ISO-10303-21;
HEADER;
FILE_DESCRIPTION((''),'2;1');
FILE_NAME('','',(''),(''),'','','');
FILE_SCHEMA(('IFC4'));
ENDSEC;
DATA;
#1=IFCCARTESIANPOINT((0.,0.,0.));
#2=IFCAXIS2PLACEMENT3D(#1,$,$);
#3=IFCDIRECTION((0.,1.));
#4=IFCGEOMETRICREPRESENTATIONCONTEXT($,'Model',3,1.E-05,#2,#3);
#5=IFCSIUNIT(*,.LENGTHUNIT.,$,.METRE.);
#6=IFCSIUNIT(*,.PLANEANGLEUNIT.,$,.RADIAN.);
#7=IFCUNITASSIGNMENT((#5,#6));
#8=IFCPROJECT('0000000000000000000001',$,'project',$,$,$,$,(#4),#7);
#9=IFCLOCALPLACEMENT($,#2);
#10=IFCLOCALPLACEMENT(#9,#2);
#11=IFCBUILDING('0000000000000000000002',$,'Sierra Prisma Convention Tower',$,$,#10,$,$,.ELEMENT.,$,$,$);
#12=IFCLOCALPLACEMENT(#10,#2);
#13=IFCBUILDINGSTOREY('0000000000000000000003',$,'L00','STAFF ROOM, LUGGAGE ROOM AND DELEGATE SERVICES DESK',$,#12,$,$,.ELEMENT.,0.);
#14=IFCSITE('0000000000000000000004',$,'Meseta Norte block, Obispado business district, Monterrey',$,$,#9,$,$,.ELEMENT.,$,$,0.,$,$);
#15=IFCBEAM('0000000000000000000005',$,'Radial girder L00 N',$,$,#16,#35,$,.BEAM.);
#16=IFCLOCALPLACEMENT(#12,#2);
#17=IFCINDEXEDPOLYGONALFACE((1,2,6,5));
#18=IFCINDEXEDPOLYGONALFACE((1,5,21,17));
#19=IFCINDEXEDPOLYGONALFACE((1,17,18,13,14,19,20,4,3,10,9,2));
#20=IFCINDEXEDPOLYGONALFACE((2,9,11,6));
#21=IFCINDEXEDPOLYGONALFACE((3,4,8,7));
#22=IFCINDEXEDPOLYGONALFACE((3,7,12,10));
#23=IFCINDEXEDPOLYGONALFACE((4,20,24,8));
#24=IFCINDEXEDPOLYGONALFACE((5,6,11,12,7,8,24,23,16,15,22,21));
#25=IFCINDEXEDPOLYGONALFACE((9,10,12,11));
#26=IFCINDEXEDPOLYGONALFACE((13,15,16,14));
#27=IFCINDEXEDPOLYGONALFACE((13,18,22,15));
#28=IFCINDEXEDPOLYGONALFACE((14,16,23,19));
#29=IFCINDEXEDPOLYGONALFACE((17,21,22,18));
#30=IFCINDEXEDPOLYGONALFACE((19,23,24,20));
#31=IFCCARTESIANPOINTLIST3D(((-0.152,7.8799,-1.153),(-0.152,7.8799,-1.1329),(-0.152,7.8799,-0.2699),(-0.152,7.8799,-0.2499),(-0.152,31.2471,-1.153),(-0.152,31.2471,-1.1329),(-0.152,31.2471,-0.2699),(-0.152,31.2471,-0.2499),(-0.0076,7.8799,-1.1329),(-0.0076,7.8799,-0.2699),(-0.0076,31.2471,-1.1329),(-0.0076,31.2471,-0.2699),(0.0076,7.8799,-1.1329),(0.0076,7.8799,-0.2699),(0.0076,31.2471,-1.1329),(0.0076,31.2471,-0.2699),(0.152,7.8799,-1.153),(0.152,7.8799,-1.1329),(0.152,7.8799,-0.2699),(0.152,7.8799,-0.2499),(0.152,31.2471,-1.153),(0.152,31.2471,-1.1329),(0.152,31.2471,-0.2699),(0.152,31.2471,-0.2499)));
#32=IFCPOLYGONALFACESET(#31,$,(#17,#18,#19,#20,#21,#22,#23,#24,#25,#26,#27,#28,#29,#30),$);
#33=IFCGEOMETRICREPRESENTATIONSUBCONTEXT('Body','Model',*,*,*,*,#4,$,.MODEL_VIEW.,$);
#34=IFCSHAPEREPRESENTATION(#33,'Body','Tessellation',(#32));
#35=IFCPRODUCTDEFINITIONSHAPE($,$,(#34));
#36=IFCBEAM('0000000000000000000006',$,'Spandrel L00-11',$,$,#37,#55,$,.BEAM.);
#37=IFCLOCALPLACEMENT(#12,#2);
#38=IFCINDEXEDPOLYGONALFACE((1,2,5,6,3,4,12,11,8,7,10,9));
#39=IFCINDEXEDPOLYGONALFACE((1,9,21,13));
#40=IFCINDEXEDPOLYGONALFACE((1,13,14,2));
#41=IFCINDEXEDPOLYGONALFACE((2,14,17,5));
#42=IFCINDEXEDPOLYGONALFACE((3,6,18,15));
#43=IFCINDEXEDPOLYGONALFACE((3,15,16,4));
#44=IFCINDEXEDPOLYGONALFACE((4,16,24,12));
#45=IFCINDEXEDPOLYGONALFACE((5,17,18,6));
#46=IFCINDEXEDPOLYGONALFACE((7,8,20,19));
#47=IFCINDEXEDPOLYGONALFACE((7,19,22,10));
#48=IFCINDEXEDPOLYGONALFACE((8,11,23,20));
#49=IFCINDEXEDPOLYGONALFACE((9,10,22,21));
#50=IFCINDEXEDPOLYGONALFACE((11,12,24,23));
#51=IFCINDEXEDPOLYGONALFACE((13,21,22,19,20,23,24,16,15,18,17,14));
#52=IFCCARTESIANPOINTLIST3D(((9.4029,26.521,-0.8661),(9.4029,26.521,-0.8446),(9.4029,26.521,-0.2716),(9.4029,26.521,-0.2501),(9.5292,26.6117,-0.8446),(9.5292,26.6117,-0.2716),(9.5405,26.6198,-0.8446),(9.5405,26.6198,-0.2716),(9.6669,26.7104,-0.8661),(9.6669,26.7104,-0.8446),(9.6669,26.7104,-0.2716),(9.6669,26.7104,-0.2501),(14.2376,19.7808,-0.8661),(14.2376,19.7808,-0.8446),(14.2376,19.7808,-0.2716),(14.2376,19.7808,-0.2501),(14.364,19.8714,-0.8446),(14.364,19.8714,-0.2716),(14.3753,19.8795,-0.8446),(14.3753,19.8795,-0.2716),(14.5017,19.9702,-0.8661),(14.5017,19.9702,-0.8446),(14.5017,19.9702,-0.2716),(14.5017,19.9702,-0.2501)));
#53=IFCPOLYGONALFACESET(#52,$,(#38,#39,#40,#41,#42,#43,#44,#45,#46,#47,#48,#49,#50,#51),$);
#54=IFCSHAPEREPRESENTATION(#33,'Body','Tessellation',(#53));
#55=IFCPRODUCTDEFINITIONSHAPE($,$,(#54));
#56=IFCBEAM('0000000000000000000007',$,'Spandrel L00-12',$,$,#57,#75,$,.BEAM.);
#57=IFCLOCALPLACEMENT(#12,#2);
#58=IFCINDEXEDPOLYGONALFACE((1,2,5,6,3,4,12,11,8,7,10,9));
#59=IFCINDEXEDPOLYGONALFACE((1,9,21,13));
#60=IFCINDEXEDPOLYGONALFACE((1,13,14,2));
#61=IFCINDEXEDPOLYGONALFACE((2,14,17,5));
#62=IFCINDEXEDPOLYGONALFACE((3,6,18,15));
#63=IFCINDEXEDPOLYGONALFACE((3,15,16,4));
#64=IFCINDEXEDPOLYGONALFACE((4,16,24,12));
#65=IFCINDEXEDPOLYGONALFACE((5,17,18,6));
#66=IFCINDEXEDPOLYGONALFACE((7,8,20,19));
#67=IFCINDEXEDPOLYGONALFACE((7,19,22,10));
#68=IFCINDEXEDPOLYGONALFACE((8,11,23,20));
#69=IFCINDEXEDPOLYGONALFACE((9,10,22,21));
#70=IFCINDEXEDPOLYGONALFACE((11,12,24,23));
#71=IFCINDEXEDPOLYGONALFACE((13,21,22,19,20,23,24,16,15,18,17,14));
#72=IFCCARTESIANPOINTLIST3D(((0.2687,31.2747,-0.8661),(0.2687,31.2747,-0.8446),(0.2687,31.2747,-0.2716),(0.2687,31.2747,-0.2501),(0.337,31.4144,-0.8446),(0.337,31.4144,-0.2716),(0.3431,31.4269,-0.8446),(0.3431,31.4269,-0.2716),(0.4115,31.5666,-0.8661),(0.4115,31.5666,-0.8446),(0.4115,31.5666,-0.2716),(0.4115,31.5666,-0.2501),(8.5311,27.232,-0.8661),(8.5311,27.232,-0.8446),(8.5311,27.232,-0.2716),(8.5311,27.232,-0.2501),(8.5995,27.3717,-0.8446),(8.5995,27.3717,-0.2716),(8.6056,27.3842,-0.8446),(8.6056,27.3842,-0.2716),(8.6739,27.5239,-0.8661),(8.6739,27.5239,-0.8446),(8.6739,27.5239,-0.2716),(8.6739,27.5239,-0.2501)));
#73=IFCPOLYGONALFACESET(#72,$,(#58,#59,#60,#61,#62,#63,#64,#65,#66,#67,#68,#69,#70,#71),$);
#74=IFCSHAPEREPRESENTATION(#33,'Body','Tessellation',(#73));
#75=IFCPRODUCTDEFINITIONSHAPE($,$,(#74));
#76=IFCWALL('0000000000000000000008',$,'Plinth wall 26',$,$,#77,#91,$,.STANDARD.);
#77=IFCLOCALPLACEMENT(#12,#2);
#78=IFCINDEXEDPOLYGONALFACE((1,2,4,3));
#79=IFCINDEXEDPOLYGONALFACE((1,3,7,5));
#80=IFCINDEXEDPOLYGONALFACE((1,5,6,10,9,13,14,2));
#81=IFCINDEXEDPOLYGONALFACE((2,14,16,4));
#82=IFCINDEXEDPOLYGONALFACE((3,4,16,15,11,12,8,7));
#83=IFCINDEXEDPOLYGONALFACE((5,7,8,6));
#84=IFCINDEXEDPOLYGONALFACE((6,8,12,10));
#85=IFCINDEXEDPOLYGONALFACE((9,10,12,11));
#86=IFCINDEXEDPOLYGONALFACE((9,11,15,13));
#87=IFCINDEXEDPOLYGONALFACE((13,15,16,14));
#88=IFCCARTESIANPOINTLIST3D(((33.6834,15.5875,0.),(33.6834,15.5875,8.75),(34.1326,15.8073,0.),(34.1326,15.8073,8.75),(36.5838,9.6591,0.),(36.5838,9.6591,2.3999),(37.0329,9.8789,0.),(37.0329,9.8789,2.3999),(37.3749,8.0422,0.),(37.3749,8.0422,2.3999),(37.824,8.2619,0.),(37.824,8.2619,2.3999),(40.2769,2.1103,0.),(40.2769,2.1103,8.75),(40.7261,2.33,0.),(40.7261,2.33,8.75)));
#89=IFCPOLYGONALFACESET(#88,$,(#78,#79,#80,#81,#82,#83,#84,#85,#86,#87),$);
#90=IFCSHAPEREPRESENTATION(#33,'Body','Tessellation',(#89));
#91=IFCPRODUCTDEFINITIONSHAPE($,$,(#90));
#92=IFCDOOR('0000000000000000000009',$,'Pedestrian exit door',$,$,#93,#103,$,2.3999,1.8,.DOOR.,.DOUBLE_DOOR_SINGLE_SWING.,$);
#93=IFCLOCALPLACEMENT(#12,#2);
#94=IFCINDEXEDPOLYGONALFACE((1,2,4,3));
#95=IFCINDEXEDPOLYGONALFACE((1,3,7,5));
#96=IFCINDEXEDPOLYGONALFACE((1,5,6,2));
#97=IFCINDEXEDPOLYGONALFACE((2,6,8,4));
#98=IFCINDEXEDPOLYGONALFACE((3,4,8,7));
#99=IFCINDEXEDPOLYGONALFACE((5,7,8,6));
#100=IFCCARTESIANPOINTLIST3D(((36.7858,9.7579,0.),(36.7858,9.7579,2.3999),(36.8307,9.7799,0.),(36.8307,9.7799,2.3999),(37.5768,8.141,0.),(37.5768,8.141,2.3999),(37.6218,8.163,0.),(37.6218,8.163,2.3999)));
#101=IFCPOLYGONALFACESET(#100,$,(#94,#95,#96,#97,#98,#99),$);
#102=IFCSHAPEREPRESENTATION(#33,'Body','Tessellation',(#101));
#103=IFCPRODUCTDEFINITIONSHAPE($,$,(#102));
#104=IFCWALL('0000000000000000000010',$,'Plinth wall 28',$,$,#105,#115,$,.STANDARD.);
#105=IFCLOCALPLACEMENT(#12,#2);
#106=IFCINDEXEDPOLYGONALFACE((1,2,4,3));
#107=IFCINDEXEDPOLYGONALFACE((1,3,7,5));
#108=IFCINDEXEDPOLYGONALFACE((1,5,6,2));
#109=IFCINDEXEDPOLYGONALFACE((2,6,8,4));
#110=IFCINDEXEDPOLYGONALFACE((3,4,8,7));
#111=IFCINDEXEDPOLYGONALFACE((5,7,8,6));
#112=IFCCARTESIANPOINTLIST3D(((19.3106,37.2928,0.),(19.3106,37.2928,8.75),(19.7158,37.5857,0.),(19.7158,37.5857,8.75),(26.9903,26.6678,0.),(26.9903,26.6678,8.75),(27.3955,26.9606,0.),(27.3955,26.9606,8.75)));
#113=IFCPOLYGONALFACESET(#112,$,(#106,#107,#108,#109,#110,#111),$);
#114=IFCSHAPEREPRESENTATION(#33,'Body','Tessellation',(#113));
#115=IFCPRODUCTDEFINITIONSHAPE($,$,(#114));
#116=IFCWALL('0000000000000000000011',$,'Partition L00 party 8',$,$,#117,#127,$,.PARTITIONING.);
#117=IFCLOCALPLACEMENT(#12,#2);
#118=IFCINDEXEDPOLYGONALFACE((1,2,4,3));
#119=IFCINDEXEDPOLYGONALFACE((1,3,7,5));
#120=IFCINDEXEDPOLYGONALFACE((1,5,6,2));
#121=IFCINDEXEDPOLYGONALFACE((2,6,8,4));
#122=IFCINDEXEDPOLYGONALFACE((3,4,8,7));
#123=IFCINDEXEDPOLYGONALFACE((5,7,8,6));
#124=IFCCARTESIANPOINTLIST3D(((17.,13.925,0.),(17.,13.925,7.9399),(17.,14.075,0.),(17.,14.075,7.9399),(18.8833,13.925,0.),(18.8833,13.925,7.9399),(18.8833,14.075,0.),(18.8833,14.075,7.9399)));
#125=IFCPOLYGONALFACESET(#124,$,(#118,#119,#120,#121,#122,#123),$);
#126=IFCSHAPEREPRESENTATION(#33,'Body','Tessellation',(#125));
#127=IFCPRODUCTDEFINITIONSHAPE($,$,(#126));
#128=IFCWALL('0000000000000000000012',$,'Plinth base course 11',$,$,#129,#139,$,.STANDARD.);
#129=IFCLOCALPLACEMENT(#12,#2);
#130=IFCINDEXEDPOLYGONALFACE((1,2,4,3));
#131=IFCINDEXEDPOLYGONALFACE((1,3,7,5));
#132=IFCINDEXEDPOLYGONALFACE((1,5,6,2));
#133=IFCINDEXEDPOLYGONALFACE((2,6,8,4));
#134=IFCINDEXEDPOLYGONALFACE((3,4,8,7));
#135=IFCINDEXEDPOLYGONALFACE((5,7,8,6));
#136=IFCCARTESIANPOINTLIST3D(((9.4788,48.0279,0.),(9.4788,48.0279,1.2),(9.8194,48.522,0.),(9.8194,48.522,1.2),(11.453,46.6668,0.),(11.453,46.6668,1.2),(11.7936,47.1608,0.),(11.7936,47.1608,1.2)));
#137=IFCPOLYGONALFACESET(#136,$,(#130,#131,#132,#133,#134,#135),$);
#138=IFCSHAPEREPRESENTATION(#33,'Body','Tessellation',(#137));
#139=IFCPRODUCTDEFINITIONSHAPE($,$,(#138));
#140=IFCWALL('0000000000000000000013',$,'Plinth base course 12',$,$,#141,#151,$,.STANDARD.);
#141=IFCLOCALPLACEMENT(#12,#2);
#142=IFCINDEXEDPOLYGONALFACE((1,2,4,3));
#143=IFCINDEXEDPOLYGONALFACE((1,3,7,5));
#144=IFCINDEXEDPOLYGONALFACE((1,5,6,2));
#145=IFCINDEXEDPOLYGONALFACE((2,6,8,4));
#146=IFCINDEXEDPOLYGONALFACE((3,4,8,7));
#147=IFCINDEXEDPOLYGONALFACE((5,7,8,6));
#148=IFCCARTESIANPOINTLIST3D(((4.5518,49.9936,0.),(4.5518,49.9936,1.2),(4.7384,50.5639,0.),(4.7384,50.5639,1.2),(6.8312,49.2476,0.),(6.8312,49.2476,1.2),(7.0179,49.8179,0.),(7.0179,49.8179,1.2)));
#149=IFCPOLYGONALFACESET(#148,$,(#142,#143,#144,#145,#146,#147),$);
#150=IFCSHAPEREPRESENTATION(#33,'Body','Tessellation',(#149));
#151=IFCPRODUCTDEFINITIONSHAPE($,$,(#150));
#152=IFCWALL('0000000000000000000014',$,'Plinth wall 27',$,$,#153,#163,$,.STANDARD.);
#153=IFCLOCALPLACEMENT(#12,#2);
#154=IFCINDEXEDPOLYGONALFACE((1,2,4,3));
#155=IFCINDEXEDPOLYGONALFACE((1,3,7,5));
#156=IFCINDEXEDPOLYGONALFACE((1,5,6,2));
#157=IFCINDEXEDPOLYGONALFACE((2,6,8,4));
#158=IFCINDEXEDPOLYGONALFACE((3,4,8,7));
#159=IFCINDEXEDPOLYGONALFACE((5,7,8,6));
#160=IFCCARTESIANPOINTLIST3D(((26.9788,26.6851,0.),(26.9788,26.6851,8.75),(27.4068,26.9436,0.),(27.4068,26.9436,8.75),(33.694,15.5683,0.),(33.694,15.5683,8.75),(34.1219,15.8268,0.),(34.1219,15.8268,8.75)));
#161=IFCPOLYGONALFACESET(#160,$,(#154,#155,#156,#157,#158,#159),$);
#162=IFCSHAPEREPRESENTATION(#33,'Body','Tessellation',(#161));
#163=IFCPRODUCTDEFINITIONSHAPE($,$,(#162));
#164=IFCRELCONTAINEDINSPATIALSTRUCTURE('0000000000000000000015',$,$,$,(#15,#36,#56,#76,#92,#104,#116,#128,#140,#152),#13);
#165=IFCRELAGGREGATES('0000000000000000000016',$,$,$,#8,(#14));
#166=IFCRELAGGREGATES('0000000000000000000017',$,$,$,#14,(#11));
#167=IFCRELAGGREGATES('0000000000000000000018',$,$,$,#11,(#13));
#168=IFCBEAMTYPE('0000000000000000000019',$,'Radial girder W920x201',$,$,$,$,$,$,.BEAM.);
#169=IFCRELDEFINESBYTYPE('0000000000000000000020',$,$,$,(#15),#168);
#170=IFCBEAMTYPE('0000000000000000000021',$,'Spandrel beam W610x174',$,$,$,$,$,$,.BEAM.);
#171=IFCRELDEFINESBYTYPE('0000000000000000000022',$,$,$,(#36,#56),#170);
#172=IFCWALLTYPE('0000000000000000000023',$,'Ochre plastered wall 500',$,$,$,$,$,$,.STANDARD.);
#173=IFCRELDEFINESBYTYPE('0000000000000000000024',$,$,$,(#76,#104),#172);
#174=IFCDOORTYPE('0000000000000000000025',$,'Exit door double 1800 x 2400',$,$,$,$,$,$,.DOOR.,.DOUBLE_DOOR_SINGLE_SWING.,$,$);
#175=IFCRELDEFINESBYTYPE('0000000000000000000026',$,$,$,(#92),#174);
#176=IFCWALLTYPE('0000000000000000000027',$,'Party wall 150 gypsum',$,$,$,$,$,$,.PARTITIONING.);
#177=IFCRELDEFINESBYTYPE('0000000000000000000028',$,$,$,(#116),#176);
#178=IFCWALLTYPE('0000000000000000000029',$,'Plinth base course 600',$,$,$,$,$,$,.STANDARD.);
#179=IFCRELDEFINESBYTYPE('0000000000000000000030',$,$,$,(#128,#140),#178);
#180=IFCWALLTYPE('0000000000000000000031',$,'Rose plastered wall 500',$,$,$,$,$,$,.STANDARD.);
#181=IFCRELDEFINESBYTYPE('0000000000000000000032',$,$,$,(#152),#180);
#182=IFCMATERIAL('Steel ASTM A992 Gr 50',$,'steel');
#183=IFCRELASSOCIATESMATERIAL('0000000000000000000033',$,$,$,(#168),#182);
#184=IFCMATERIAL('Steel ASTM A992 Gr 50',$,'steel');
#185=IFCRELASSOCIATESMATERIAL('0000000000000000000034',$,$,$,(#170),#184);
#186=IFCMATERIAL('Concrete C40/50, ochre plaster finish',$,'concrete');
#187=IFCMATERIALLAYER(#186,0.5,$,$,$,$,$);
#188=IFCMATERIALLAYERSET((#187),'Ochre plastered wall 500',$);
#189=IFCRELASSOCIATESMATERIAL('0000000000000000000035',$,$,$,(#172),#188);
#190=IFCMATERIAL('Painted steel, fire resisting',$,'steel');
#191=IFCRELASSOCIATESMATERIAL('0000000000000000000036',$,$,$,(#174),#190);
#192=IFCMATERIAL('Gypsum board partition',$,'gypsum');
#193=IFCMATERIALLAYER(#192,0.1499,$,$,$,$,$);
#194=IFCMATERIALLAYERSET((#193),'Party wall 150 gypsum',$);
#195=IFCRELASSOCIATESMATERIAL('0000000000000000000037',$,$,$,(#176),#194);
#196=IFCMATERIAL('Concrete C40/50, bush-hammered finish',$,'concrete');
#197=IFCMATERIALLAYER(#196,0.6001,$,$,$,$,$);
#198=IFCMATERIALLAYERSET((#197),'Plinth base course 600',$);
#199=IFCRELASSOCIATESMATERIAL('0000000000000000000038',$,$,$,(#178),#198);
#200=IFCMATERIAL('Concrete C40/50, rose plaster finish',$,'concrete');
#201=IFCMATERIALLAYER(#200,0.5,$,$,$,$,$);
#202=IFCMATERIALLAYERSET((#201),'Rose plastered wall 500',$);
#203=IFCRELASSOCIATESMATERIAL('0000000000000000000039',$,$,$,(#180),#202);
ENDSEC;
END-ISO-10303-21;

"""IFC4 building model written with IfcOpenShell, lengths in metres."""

from ifc_helpers import new_model, si_unit, direction, frame, frame_2d, origin, origin_2d, place, context, subcontext, project, spatial, rectangle, i_section, extrude, material, layer, layer_set, material_profile, profile_set, type_object, element, fill, save


model = new_model("IFC4")

# Units and contexts
model_context = context("Model", 3, precision=1e-05, world=origin(), true_north=direction((0.0, 1.0)))
body_context = subcontext(model_context, "Body", "Model", "MODEL_VIEW")
ifc_project = project(units=[si_unit("LENGTHUNIT", "METRE"), si_unit("PLANEANGLEUNIT", "RADIAN")], contexts=[model_context])

# Site, building, storey
site_placement = place(None, origin())
site = spatial("IfcSite", under=ifc_project, at=site_placement, Name="Meseta Norte block, Obispado business district, Monterrey", CompositionType="ELEMENT", RefElevation=0.0)
building_placement = place(site_placement, origin())
building = spatial("IfcBuilding", under=site, at=building_placement, Name="Sierra Prisma Convention Tower", CompositionType="ELEMENT")
storey_placement = place(building_placement, origin())
storey = spatial("IfcBuildingStorey", under=building, at=storey_placement, Name="L00", Description="STAFF ROOM, LUGGAGE ROOM AND DELEGATE SERVICES DESK", CompositionType="ELEMENT", Elevation=0.0)

# Beams
ifc_material_1 = material(Name="Steel ASTM A992 Gr 50", Category="steel")
ifc_material_profile_1 = material_profile(ifc_material_1, i_section(OverallWidth=0.304, OverallDepth=0.9031, WebThickness=0.0151, FlangeThickness=0.02, at=origin_2d()), Name="W920x201")
ifc_profile_set_1 = profile_set([ifc_material_profile_1], Name="Steel ASTM A992 Gr 50")
beam_type_1 = type_object("IfcBeamType", Name="Radial girder W920x201", PredefinedType="BEAM", material=ifc_profile_set_1)
beam_1_placement = place(storey_placement, frame((0.0, 31.2471, -0.7014), z_axis=(0.0, -1.0, 0.0), x_axis=(1.0, 0.0, 0.0)))
element("IfcBeam", 1, at=beam_1_placement, inside=storey, type_object=beam_type_1, Name="Radial girder L00 N", PredefinedType="BEAM", context=body_context, shape_type="SweptSolid", body=[
    extrude(i_section(OverallWidth=0.304, OverallDepth=0.9031, WebThickness=0.0151, FlangeThickness=0.02, at=origin_2d()), origin(), (0.0, 0.0, 1.0), 23.3672),
])
ifc_material_2 = material(Name="Steel ASTM A992 Gr 50", Category="steel")
ifc_material_profile_2 = material_profile(ifc_material_2, i_section(OverallWidth=0.325, OverallDepth=0.616, WebThickness=0.0139, FlangeThickness=0.0215, at=origin_2d()), Name="W610x174")
ifc_profile_set_2 = profile_set([ifc_material_profile_2], Name="Steel ASTM A992 Gr 50")
beam_type_2 = type_object("IfcBeamType", Name="Spandrel beam W610x174", PredefinedType="BEAM", material=ifc_profile_set_2)
beam_2_placement = place(storey_placement, frame((14.3696, 19.8755, -0.5581), z_axis=(-0.582855, 0.812576, 0.0), x_axis=(-0.812576, -0.582855, 0.0)))
element("IfcBeam", 2, at=beam_2_placement, inside=storey, type_object=beam_type_2, Name="Spandrel L00-11", PredefinedType="BEAM", context=body_context, shape_type="SweptSolid", body=[
    extrude(i_section(OverallWidth=0.325, OverallDepth=0.616, WebThickness=0.0139, FlangeThickness=0.0215, at=origin_2d()), origin(), (0.0, 0.0, 1.0), 8.2949),
])
beam_3_placement = place(storey_placement, frame((8.6025, 27.3779, -0.5581), z_axis=(-0.898243, 0.4395, 0.0), x_axis=(-0.4395, -0.898243, 0.0)))
element("IfcBeam", 3, at=beam_3_placement, inside=storey, type_object=beam_type_2, Name="Spandrel L00-12", PredefinedType="BEAM", context=body_context, shape_type="SweptSolid", body=[
    extrude(i_section(OverallWidth=0.325, OverallDepth=0.616, WebThickness=0.0139, FlangeThickness=0.0215, at=origin_2d()), origin(), (0.0, 0.0, 1.0), 9.1985),
])

# Wall, opening, door
ifc_material_3 = material(Name="Concrete C40/50, ochre plaster finish", Category="concrete")
ifc_layer_1 = layer(ifc_material_3, 0.5)
ifc_layer_set_1 = layer_set([ifc_layer_1], Name="Ochre plastered wall 500")
wall_type_1 = type_object("IfcWallType", Name="Ochre plastered wall 500", PredefinedType="STANDARD", material=ifc_layer_set_1)
wall_1_placement = place(storey_placement, frame((33.908, 15.6975, 0.0), z_axis=(0.0, 0.0, 1.0), x_axis=(0.439458, -0.898263, 0.0)))
wall_1 = element("IfcWall", 4, at=wall_1_placement, inside=storey, type_object=wall_type_1, Name="Plinth wall 26", PredefinedType="STANDARD", context=body_context, shape_type="SweptSolid", body=[
    extrude(rectangle(XDim=15.0037, YDim=0.5, at=frame_2d((7.502, 0.0))), origin(), (0.0, 0.0, 1.0), 8.75),
])
opening_1_placement = place(wall_1_placement, frame((6.6001, 0.0, 0.0)))
opening_1 = element("IfcOpeningElement", 5, at=opening_1_placement, cuts=wall_1, PredefinedType="OPENING", context=body_context, shape_type="SweptSolid", body=[
    extrude(rectangle(XDim=1.8, YDim=2.3999, at=frame_2d((0.8999, 1.2))), frame((0.0, 0.25, 0.0), z_axis=(0.0, -1.0, 0.0), x_axis=(1.0, 0.0, 0.0)), (0.0, 0.0, 1.0), 0.5),
])
ifc_material_4 = material(Name="Painted steel, fire resisting", Category="steel")
door_type_1 = type_object("IfcDoorType", Name="Exit door double 1800 x 2400", OperationType="DOUBLE_DOOR_SINGLE_SWING", PredefinedType="DOOR", material=ifc_material_4)
door_1_placement = place(opening_1_placement, origin())
door_1 = element("IfcDoor", 6, at=door_1_placement, inside=storey, type_object=door_type_1, Name="Pedestrian exit door", OperationType="DOUBLE_DOOR_SINGLE_SWING", OverallHeight=2.3999, OverallWidth=1.8, PredefinedType="DOOR", context=body_context, shape_type="SweptSolid", body=[
    extrude(rectangle(XDim=1.8, YDim=2.3999, at=frame_2d((0.8999, 1.2))), frame((0.0, 0.0249, 0.0), z_axis=(0.0, -1.0, 0.0), x_axis=(1.0, 0.0, 0.0)), (0.0, 0.0, 1.0), 0.05),
])
fill(opening_1, door_1)

# Wall
wall_2_placement = place(storey_placement, frame((19.5132, 37.4392, 0.0), z_axis=(0.0, 0.0, 1.0), x_axis=(0.585795, -0.810459, 0.0)))
element("IfcWall", 7, at=wall_2_placement, inside=storey, type_object=wall_type_1, Name="Plinth wall 28", PredefinedType="STANDARD", context=body_context, shape_type="SweptSolid", body=[
    extrude(rectangle(XDim=13.1099, YDim=0.5, at=frame_2d((6.5549, 0.0))), origin(), (0.0, 0.0, 1.0), 8.75),
])

# Walls
ifc_material_5 = material(Name="Gypsum board partition", Category="gypsum")
ifc_layer_2 = layer(ifc_material_5, 0.1499)
ifc_layer_set_2 = layer_set([ifc_layer_2], Name="Party wall 150 gypsum")
wall_type_2 = type_object("IfcWallType", Name="Party wall 150 gypsum", PredefinedType="PARTITIONING", material=ifc_layer_set_2)
wall_3_placement = place(storey_placement, frame((18.8833, 14.0, 0.0), z_axis=(0.0, 0.0, 1.0), x_axis=(-1.0, 0.0, 0.0)))
element("IfcWall", 8, at=wall_3_placement, inside=storey, type_object=wall_type_2, Name="Partition L00 party 8", PredefinedType="PARTITIONING", context=body_context, shape_type="SweptSolid", body=[
    extrude(rectangle(XDim=1.8833, YDim=0.1499, at=frame_2d((0.9417, 0.0))), origin(), (0.0, 0.0, 1.0), 7.9399),
])
ifc_material_6 = material(Name="Concrete C40/50, bush-hammered finish", Category="concrete")
ifc_layer_3 = layer(ifc_material_6, 0.6001)
ifc_layer_set_3 = layer_set([ifc_layer_3], Name="Plinth base course 600")
wall_type_3 = type_object("IfcWallType", Name="Plinth base course 600", PredefinedType="STANDARD", material=ifc_layer_set_3)
wall_4_placement = place(storey_placement, frame((11.6233, 46.9138, 0.0), z_axis=(0.0, 0.0, 1.0), x_axis=(-0.823287, 0.567626, 0.0)))
element("IfcWall", 9, at=wall_4_placement, inside=storey, type_object=wall_type_3, Name="Plinth base course 11", PredefinedType="STANDARD", context=body_context, shape_type="SweptSolid", body=[
    extrude(rectangle(XDim=2.3979, YDim=0.6001, at=frame_2d((1.199, 0.0))), origin(), (0.0, 0.0, 1.0), 1.2),
])
wall_5_placement = place(storey_placement, frame((6.9246, 49.5327, 0.0), z_axis=(0.0, 0.0, 1.0), x_axis=(-0.950389, 0.311062, 0.0)))
element("IfcWall", 10, at=wall_5_placement, inside=storey, type_object=wall_type_3, Name="Plinth base course 12", PredefinedType="STANDARD", context=body_context, shape_type="SweptSolid", body=[
    extrude(rectangle(XDim=2.3984, YDim=0.6001, at=frame_2d((1.1992, 0.0))), origin(), (0.0, 0.0, 1.0), 1.2),
])
ifc_material_7 = material(Name="Concrete C40/50, rose plaster finish", Category="concrete")
ifc_layer_4 = layer(ifc_material_7, 0.5)
ifc_layer_set_4 = layer_set([ifc_layer_4], Name="Rose plastered wall 500")
wall_type_4 = type_object("IfcWallType", Name="Rose plastered wall 500", PredefinedType="STANDARD", material=ifc_layer_set_4)
wall_6_placement = place(storey_placement, frame((27.1929, 26.8142, 0.0), z_axis=(0.0, 0.0, 1.0), x_axis=(0.517045, -0.855958, 0.0)))
element("IfcWall", 11, at=wall_6_placement, inside=storey, type_object=wall_type_4, Name="Plinth wall 27", PredefinedType="STANDARD", context=body_context, shape_type="SweptSolid", body=[
    extrude(rectangle(XDim=12.9875, YDim=0.5, at=frame_2d((6.4937, 0.0))), origin(), (0.0, 0.0, 1.0), 8.75),
])

save(model, "model.ifc")
